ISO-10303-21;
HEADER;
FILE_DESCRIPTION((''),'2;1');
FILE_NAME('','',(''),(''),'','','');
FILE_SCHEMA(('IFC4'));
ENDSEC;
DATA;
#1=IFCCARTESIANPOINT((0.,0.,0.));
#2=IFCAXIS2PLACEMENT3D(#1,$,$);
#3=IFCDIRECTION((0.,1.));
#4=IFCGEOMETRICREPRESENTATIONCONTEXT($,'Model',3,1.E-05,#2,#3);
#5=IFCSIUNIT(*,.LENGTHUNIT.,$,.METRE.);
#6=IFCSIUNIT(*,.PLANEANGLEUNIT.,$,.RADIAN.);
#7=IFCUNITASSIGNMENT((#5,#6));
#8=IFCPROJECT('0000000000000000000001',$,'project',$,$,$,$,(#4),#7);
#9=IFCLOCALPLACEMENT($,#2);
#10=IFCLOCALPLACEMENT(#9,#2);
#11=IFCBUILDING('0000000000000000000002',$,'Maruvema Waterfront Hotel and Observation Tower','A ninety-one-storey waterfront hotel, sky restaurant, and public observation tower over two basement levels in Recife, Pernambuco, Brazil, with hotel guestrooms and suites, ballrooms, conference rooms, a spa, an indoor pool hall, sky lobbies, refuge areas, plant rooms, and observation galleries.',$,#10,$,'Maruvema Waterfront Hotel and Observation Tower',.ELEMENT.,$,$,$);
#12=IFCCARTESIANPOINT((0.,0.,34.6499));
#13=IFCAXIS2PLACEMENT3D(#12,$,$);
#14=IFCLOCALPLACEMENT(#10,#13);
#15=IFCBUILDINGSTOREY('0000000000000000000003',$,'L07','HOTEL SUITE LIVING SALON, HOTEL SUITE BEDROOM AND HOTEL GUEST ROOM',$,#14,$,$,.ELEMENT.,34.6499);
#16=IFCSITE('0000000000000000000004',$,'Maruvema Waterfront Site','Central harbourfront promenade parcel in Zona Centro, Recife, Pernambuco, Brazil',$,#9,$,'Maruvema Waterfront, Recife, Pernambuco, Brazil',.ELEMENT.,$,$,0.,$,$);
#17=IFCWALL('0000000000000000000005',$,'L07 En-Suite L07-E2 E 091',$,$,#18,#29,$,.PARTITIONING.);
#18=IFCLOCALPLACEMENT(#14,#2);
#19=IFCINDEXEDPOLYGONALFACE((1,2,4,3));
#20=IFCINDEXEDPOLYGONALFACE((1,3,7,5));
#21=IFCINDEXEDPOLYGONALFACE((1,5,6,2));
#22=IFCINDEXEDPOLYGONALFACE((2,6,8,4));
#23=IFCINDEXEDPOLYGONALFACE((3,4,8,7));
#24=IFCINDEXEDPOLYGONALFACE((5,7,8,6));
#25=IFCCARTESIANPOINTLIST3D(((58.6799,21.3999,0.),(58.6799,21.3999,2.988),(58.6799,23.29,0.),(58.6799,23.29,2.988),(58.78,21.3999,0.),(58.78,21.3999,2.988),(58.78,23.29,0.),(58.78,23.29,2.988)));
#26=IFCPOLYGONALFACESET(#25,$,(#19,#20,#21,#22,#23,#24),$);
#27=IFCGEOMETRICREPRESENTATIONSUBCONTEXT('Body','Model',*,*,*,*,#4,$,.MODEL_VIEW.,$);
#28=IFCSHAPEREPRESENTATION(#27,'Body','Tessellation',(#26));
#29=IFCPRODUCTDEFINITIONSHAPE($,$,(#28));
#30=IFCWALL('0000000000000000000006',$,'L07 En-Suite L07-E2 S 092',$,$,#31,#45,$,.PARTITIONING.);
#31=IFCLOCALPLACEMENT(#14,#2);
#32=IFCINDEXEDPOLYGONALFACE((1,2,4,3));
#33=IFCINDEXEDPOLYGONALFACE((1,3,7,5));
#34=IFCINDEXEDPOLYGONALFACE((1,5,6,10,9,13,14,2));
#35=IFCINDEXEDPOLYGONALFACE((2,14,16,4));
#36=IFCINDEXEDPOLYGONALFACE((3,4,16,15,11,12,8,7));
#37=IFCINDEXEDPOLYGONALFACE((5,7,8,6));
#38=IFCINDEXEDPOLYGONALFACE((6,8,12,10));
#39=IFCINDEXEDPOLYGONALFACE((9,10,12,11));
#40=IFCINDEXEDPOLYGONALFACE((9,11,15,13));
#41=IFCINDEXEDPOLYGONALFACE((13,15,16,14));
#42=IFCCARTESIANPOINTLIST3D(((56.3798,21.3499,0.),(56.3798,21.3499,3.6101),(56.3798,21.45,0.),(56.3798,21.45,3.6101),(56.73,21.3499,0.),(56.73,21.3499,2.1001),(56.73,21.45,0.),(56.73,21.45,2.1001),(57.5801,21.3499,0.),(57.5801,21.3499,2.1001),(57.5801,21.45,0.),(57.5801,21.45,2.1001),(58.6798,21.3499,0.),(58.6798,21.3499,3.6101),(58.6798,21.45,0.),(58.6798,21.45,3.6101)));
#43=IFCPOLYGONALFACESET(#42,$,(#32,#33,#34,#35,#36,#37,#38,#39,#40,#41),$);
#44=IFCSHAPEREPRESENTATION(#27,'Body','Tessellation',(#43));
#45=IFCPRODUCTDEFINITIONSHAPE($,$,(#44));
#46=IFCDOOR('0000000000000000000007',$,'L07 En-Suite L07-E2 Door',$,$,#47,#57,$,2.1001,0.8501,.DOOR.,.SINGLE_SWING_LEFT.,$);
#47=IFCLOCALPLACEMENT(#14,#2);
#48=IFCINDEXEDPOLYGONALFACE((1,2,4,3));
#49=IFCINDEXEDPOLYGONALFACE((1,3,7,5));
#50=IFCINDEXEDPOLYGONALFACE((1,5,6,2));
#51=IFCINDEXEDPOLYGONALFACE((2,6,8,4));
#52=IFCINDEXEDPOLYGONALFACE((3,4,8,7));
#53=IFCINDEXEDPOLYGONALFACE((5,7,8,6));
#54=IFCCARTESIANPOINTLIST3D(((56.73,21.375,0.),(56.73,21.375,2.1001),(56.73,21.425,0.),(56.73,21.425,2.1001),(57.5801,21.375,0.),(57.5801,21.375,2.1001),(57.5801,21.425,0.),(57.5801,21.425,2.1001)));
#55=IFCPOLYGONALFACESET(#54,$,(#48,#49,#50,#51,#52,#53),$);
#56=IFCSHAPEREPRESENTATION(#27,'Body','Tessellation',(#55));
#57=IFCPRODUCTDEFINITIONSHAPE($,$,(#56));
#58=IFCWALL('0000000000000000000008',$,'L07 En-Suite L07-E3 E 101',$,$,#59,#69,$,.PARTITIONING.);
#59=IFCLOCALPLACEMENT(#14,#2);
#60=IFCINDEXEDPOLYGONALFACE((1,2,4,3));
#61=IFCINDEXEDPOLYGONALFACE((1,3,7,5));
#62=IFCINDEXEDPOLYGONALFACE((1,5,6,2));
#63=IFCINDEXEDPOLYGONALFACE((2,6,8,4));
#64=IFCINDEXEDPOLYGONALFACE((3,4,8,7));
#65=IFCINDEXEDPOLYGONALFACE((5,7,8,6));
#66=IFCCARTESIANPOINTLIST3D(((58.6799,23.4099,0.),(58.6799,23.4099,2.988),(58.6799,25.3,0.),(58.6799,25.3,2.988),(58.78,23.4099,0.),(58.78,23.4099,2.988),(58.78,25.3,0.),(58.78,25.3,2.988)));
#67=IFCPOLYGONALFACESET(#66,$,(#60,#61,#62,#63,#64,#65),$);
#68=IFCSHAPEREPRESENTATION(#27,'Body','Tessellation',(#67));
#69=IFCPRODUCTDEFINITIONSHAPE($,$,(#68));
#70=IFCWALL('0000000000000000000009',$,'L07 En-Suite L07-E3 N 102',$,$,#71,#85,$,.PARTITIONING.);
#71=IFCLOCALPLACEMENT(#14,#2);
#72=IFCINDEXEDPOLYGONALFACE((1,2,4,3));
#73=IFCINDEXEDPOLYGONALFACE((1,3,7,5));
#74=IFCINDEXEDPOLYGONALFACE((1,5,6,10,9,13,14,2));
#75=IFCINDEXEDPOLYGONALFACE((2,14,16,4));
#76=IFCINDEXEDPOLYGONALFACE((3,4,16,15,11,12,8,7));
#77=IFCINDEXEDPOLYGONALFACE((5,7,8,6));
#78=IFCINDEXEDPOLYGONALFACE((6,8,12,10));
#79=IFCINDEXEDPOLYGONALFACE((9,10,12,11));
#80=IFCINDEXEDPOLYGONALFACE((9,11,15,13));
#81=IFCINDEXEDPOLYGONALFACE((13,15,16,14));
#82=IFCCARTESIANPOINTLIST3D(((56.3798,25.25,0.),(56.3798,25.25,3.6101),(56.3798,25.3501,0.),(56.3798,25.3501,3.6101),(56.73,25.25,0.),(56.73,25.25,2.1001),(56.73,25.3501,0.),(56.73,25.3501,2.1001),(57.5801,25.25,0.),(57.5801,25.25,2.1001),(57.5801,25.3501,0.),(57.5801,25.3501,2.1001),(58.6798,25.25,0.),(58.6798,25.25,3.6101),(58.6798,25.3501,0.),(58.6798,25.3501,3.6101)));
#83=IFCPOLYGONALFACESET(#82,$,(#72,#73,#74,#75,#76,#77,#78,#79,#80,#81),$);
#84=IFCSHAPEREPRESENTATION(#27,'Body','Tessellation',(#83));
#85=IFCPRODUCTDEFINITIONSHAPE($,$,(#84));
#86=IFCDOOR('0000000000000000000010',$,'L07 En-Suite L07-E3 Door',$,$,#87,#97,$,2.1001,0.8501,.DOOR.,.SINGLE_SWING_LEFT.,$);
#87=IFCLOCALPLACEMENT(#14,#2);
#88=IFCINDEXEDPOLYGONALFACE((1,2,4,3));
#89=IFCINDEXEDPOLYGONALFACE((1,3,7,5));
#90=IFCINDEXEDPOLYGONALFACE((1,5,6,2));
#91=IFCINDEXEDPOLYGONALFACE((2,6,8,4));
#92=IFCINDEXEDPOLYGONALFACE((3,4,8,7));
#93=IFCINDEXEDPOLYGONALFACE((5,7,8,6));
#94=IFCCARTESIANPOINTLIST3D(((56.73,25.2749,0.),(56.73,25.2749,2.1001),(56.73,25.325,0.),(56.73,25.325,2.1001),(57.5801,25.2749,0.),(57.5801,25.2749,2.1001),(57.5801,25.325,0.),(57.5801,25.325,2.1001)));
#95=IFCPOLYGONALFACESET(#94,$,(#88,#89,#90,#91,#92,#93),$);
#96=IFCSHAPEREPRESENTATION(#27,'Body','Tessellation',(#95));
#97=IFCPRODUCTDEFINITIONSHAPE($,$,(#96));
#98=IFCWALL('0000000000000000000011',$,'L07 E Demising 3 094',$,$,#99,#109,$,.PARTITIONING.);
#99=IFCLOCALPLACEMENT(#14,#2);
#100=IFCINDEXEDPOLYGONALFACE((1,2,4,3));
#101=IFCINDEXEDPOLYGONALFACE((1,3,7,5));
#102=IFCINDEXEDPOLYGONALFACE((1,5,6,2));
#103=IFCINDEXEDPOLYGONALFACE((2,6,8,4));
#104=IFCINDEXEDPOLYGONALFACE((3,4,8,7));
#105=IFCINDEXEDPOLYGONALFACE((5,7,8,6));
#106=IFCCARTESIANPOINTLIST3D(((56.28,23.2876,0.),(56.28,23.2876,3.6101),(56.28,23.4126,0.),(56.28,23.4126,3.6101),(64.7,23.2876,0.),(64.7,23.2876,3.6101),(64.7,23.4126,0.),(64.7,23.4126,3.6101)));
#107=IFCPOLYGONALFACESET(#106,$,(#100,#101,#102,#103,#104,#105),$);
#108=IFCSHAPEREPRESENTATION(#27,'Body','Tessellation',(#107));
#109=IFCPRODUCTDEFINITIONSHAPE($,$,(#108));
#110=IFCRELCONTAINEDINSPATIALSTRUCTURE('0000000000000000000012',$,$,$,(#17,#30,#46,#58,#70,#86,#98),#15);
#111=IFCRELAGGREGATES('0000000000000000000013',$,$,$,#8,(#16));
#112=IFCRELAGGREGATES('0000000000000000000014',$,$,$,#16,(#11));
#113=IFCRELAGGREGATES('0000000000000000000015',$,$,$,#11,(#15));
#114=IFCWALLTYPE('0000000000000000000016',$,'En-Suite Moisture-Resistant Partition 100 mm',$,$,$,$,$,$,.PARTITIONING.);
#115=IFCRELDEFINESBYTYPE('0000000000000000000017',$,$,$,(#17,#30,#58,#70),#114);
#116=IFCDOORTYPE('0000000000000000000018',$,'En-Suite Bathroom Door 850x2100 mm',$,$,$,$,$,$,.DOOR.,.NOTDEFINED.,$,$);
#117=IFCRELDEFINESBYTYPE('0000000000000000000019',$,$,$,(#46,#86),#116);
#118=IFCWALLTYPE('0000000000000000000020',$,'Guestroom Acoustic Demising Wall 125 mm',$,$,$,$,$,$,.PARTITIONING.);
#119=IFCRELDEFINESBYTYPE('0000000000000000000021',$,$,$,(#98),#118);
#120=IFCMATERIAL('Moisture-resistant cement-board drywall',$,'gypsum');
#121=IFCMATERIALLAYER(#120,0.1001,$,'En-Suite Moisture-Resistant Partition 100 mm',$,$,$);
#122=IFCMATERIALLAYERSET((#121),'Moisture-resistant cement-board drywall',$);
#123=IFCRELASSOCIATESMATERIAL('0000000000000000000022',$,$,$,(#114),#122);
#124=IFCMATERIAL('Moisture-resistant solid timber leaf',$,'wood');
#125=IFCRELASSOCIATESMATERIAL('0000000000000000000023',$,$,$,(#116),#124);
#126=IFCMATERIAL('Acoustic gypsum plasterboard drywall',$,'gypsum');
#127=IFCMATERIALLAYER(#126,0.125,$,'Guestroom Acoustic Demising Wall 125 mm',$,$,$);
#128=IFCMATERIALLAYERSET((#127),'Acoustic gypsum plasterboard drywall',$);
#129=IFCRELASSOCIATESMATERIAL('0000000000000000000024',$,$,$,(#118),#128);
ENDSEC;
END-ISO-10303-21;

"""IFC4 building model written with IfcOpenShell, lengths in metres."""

from ifc_helpers import new_model, si_unit, direction, frame, frame_2d, origin, place, context, subcontext, project, spatial, rectangle, extrude, material, layer, layer_set, type_object, element, fill, save


model = new_model("IFC4")

# Units and contexts
model_context = context("Model", 3, precision=1e-05, world=origin(), true_north=direction((0.0, 1.0)))
body_context = subcontext(model_context, "Body", "Model", "MODEL_VIEW")
ifc_project = project(units=[si_unit("LENGTHUNIT", "METRE"), si_unit("PLANEANGLEUNIT", "RADIAN")], contexts=[model_context])

# Site, building, storey
site_placement = place(None, origin())
site = spatial("IfcSite", under=ifc_project, at=site_placement, Name="Maruvema Waterfront Site", Description="Central harbourfront promenade parcel in Zona Centro, Recife, Pernambuco, Brazil", LongName="Maruvema Waterfront, Recife, Pernambuco, Brazil", CompositionType="ELEMENT", RefElevation=0.0)
building_placement = place(site_placement, origin())
building = spatial("IfcBuilding", under=site, at=building_placement, Name="Maruvema Waterfront Hotel and Observation Tower", Description="A ninety-one-storey waterfront hotel, sky restaurant, and public observation tower over two basement levels in Recife, Pernambuco, Brazil, with hotel guestrooms and suites, ballrooms, conference rooms, a spa, an indoor pool hall, sky lobbies, refuge areas, plant rooms, and observation galleries.", LongName="Maruvema Waterfront Hotel and Observation Tower", CompositionType="ELEMENT")
storey_placement = place(building_placement, frame((0.0, 0.0, 34.6499)))
storey = spatial("IfcBuildingStorey", under=building, at=storey_placement, Name="L07", Description="HOTEL SUITE LIVING SALON, HOTEL SUITE BEDROOM AND HOTEL GUEST ROOM", CompositionType="ELEMENT", Elevation=34.6499)

# Wall
ifc_material_1 = material(Name="Moisture-resistant cement-board drywall", Category="gypsum")
ifc_layer_1 = layer(ifc_material_1, 0.1001, Name="En-Suite Moisture-Resistant Partition 100 mm")
ifc_layer_set_1 = layer_set([ifc_layer_1], Name="Moisture-resistant cement-board drywall")
wall_type_1 = type_object("IfcWallType", Name="En-Suite Moisture-Resistant Partition 100 mm", PredefinedType="PARTITIONING", material=ifc_layer_set_1)
wall_1_placement = place(storey_placement, frame((58.73, 21.3999, 0.0), z_axis=(0.0, 0.0, 1.0), x_axis=(0.0, 1.0, 0.0)))
element("IfcWall", 1, at=wall_1_placement, inside=storey, type_object=wall_type_1, Name="L07 En-Suite L07-E2 E 091", PredefinedType="PARTITIONING", context=body_context, shape_type="SweptSolid", body=[
    extrude(rectangle(XDim=1.8901, YDim=0.1001, at=frame_2d((0.9451, 0.0))), origin(), (0.0, 0.0, 1.0), 2.988),
])

# Wall, opening, door
wall_2_placement = place(storey_placement, frame((56.3799, 21.3999, 0.0), z_axis=(0.0, 0.0, 1.0), x_axis=(1.0, 0.0, 0.0)))
wall_2 = element("IfcWall", 2, at=wall_2_placement, inside=storey, type_object=wall_type_1, Name="L07 En-Suite L07-E2 S 092", PredefinedType="PARTITIONING", context=body_context, shape_type="SweptSolid", body=[
    extrude(rectangle(XDim=2.3, YDim=0.1001, at=frame_2d((1.1499, 0.0))), origin(), (0.0, 0.0, 1.0), 3.6101),
])
opening_1_placement = place(wall_2_placement, frame((0.3501, 0.0, 0.0)))
opening_1 = element("IfcOpeningElement", 3, at=opening_1_placement, cuts=wall_2, PredefinedType="OPENING", context=body_context, shape_type="SweptSolid", body=[
    extrude(rectangle(XDim=0.8501, YDim=2.1001, at=frame_2d((0.425, 1.05))), frame((0.0, 0.0601, 0.0), z_axis=(0.0, -1.0, 0.0), x_axis=(1.0, 0.0, 0.0)), (0.0, 0.0, 1.0), 0.1201),
])
ifc_material_2 = material(Name="Moisture-resistant solid timber leaf", Category="wood")
door_type_1 = type_object("IfcDoorType", Name="En-Suite Bathroom Door 850x2100 mm", OperationType="NOTDEFINED", PredefinedType="DOOR", material=ifc_material_2)
door_1_placement = place(opening_1_placement, frame((0.8501, 0.0, 0.0), z_axis=(0.0, 0.0, 1.0), x_axis=(-1.0, 0.0, 0.0)))
door_1 = element("IfcDoor", 4, at=door_1_placement, inside=storey, type_object=door_type_1, Name="L07 En-Suite L07-E2 Door", OperationType="SINGLE_SWING_LEFT", OverallHeight=2.1001, OverallWidth=0.8501, PredefinedType="DOOR", context=body_context, shape_type="SweptSolid", body=[
    extrude(rectangle(XDim=0.8501, YDim=2.1001, at=frame_2d((0.425, 1.05))), frame((0.0, 0.0249, 0.0), z_axis=(0.0, -1.0, 0.0), x_axis=(1.0, 0.0, 0.0)), (0.0, 0.0, 1.0), 0.05),
])
fill(opening_1, door_1)

# Wall
wall_3_placement = place(storey_placement, frame((58.73, 23.4099, 0.0), z_axis=(0.0, 0.0, 1.0), x_axis=(0.0, 1.0, 0.0)))
element("IfcWall", 5, at=wall_3_placement, inside=storey, type_object=wall_type_1, Name="L07 En-Suite L07-E3 E 101", PredefinedType="PARTITIONING", context=body_context, shape_type="SweptSolid", body=[
    extrude(rectangle(XDim=1.8901, YDim=0.1001, at=frame_2d((0.9451, 0.0))), origin(), (0.0, 0.0, 1.0), 2.988),
])

# Wall, opening, door
wall_4_placement = place(storey_placement, frame((56.3799, 25.3, 0.0), z_axis=(0.0, 0.0, 1.0), x_axis=(1.0, 0.0, 0.0)))
wall_4 = element("IfcWall", 6, at=wall_4_placement, inside=storey, type_object=wall_type_1, Name="L07 En-Suite L07-E3 N 102", PredefinedType="PARTITIONING", context=body_context, shape_type="SweptSolid", body=[
    extrude(rectangle(XDim=2.3, YDim=0.1001, at=frame_2d((1.1499, 0.0))), origin(), (0.0, 0.0, 1.0), 3.6101),
])
opening_2_placement = place(wall_4_placement, frame((0.3501, 0.0, 0.0)))
opening_2 = element("IfcOpeningElement", 7, at=opening_2_placement, cuts=wall_4, PredefinedType="OPENING", context=body_context, shape_type="SweptSolid", body=[
    extrude(rectangle(XDim=0.8501, YDim=2.1001, at=frame_2d((0.425, 1.05))), frame((0.0, 0.0601, 0.0), z_axis=(0.0, -1.0, 0.0), x_axis=(1.0, 0.0, 0.0)), (0.0, 0.0, 1.0), 0.1201),
])
door_2_placement = place(opening_2_placement, origin())
door_2 = element("IfcDoor", 8, at=door_2_placement, inside=storey, type_object=door_type_1, Name="L07 En-Suite L07-E3 Door", OperationType="SINGLE_SWING_LEFT", OverallHeight=2.1001, OverallWidth=0.8501, PredefinedType="DOOR", context=body_context, shape_type="SweptSolid", body=[
    extrude(rectangle(XDim=0.8501, YDim=2.1001, at=frame_2d((0.425, 1.05))), frame((0.0, 0.0249, 0.0), z_axis=(0.0, -1.0, 0.0), x_axis=(1.0, 0.0, 0.0)), (0.0, 0.0, 1.0), 0.05),
])
fill(opening_2, door_2)

# Wall
ifc_material_3 = material(Name="Acoustic gypsum plasterboard drywall", Category="gypsum")
ifc_layer_2 = layer(ifc_material_3, 0.125, Name="Guestroom Acoustic Demising Wall 125 mm")
ifc_layer_set_2 = layer_set([ifc_layer_2], Name="Acoustic gypsum plasterboard drywall")
wall_type_2 = type_object("IfcWallType", Name="Guestroom Acoustic Demising Wall 125 mm", PredefinedType="PARTITIONING", material=ifc_layer_set_2)
wall_5_placement = place(storey_placement, frame((56.28, 23.3501, 0.0), z_axis=(0.0, 0.0, 1.0), x_axis=(1.0, 0.0, 0.0)))
element("IfcWall", 9, at=wall_5_placement, inside=storey, type_object=wall_type_2, Name="L07 E Demising 3 094", PredefinedType="PARTITIONING", context=body_context, shape_type="SweptSolid", body=[
    extrude(rectangle(XDim=8.4199, YDim=0.125, at=frame_2d((4.21, 0.0))), origin(), (0.0, 0.0, 1.0), 3.6101),
])

save(model, "model.ifc")
